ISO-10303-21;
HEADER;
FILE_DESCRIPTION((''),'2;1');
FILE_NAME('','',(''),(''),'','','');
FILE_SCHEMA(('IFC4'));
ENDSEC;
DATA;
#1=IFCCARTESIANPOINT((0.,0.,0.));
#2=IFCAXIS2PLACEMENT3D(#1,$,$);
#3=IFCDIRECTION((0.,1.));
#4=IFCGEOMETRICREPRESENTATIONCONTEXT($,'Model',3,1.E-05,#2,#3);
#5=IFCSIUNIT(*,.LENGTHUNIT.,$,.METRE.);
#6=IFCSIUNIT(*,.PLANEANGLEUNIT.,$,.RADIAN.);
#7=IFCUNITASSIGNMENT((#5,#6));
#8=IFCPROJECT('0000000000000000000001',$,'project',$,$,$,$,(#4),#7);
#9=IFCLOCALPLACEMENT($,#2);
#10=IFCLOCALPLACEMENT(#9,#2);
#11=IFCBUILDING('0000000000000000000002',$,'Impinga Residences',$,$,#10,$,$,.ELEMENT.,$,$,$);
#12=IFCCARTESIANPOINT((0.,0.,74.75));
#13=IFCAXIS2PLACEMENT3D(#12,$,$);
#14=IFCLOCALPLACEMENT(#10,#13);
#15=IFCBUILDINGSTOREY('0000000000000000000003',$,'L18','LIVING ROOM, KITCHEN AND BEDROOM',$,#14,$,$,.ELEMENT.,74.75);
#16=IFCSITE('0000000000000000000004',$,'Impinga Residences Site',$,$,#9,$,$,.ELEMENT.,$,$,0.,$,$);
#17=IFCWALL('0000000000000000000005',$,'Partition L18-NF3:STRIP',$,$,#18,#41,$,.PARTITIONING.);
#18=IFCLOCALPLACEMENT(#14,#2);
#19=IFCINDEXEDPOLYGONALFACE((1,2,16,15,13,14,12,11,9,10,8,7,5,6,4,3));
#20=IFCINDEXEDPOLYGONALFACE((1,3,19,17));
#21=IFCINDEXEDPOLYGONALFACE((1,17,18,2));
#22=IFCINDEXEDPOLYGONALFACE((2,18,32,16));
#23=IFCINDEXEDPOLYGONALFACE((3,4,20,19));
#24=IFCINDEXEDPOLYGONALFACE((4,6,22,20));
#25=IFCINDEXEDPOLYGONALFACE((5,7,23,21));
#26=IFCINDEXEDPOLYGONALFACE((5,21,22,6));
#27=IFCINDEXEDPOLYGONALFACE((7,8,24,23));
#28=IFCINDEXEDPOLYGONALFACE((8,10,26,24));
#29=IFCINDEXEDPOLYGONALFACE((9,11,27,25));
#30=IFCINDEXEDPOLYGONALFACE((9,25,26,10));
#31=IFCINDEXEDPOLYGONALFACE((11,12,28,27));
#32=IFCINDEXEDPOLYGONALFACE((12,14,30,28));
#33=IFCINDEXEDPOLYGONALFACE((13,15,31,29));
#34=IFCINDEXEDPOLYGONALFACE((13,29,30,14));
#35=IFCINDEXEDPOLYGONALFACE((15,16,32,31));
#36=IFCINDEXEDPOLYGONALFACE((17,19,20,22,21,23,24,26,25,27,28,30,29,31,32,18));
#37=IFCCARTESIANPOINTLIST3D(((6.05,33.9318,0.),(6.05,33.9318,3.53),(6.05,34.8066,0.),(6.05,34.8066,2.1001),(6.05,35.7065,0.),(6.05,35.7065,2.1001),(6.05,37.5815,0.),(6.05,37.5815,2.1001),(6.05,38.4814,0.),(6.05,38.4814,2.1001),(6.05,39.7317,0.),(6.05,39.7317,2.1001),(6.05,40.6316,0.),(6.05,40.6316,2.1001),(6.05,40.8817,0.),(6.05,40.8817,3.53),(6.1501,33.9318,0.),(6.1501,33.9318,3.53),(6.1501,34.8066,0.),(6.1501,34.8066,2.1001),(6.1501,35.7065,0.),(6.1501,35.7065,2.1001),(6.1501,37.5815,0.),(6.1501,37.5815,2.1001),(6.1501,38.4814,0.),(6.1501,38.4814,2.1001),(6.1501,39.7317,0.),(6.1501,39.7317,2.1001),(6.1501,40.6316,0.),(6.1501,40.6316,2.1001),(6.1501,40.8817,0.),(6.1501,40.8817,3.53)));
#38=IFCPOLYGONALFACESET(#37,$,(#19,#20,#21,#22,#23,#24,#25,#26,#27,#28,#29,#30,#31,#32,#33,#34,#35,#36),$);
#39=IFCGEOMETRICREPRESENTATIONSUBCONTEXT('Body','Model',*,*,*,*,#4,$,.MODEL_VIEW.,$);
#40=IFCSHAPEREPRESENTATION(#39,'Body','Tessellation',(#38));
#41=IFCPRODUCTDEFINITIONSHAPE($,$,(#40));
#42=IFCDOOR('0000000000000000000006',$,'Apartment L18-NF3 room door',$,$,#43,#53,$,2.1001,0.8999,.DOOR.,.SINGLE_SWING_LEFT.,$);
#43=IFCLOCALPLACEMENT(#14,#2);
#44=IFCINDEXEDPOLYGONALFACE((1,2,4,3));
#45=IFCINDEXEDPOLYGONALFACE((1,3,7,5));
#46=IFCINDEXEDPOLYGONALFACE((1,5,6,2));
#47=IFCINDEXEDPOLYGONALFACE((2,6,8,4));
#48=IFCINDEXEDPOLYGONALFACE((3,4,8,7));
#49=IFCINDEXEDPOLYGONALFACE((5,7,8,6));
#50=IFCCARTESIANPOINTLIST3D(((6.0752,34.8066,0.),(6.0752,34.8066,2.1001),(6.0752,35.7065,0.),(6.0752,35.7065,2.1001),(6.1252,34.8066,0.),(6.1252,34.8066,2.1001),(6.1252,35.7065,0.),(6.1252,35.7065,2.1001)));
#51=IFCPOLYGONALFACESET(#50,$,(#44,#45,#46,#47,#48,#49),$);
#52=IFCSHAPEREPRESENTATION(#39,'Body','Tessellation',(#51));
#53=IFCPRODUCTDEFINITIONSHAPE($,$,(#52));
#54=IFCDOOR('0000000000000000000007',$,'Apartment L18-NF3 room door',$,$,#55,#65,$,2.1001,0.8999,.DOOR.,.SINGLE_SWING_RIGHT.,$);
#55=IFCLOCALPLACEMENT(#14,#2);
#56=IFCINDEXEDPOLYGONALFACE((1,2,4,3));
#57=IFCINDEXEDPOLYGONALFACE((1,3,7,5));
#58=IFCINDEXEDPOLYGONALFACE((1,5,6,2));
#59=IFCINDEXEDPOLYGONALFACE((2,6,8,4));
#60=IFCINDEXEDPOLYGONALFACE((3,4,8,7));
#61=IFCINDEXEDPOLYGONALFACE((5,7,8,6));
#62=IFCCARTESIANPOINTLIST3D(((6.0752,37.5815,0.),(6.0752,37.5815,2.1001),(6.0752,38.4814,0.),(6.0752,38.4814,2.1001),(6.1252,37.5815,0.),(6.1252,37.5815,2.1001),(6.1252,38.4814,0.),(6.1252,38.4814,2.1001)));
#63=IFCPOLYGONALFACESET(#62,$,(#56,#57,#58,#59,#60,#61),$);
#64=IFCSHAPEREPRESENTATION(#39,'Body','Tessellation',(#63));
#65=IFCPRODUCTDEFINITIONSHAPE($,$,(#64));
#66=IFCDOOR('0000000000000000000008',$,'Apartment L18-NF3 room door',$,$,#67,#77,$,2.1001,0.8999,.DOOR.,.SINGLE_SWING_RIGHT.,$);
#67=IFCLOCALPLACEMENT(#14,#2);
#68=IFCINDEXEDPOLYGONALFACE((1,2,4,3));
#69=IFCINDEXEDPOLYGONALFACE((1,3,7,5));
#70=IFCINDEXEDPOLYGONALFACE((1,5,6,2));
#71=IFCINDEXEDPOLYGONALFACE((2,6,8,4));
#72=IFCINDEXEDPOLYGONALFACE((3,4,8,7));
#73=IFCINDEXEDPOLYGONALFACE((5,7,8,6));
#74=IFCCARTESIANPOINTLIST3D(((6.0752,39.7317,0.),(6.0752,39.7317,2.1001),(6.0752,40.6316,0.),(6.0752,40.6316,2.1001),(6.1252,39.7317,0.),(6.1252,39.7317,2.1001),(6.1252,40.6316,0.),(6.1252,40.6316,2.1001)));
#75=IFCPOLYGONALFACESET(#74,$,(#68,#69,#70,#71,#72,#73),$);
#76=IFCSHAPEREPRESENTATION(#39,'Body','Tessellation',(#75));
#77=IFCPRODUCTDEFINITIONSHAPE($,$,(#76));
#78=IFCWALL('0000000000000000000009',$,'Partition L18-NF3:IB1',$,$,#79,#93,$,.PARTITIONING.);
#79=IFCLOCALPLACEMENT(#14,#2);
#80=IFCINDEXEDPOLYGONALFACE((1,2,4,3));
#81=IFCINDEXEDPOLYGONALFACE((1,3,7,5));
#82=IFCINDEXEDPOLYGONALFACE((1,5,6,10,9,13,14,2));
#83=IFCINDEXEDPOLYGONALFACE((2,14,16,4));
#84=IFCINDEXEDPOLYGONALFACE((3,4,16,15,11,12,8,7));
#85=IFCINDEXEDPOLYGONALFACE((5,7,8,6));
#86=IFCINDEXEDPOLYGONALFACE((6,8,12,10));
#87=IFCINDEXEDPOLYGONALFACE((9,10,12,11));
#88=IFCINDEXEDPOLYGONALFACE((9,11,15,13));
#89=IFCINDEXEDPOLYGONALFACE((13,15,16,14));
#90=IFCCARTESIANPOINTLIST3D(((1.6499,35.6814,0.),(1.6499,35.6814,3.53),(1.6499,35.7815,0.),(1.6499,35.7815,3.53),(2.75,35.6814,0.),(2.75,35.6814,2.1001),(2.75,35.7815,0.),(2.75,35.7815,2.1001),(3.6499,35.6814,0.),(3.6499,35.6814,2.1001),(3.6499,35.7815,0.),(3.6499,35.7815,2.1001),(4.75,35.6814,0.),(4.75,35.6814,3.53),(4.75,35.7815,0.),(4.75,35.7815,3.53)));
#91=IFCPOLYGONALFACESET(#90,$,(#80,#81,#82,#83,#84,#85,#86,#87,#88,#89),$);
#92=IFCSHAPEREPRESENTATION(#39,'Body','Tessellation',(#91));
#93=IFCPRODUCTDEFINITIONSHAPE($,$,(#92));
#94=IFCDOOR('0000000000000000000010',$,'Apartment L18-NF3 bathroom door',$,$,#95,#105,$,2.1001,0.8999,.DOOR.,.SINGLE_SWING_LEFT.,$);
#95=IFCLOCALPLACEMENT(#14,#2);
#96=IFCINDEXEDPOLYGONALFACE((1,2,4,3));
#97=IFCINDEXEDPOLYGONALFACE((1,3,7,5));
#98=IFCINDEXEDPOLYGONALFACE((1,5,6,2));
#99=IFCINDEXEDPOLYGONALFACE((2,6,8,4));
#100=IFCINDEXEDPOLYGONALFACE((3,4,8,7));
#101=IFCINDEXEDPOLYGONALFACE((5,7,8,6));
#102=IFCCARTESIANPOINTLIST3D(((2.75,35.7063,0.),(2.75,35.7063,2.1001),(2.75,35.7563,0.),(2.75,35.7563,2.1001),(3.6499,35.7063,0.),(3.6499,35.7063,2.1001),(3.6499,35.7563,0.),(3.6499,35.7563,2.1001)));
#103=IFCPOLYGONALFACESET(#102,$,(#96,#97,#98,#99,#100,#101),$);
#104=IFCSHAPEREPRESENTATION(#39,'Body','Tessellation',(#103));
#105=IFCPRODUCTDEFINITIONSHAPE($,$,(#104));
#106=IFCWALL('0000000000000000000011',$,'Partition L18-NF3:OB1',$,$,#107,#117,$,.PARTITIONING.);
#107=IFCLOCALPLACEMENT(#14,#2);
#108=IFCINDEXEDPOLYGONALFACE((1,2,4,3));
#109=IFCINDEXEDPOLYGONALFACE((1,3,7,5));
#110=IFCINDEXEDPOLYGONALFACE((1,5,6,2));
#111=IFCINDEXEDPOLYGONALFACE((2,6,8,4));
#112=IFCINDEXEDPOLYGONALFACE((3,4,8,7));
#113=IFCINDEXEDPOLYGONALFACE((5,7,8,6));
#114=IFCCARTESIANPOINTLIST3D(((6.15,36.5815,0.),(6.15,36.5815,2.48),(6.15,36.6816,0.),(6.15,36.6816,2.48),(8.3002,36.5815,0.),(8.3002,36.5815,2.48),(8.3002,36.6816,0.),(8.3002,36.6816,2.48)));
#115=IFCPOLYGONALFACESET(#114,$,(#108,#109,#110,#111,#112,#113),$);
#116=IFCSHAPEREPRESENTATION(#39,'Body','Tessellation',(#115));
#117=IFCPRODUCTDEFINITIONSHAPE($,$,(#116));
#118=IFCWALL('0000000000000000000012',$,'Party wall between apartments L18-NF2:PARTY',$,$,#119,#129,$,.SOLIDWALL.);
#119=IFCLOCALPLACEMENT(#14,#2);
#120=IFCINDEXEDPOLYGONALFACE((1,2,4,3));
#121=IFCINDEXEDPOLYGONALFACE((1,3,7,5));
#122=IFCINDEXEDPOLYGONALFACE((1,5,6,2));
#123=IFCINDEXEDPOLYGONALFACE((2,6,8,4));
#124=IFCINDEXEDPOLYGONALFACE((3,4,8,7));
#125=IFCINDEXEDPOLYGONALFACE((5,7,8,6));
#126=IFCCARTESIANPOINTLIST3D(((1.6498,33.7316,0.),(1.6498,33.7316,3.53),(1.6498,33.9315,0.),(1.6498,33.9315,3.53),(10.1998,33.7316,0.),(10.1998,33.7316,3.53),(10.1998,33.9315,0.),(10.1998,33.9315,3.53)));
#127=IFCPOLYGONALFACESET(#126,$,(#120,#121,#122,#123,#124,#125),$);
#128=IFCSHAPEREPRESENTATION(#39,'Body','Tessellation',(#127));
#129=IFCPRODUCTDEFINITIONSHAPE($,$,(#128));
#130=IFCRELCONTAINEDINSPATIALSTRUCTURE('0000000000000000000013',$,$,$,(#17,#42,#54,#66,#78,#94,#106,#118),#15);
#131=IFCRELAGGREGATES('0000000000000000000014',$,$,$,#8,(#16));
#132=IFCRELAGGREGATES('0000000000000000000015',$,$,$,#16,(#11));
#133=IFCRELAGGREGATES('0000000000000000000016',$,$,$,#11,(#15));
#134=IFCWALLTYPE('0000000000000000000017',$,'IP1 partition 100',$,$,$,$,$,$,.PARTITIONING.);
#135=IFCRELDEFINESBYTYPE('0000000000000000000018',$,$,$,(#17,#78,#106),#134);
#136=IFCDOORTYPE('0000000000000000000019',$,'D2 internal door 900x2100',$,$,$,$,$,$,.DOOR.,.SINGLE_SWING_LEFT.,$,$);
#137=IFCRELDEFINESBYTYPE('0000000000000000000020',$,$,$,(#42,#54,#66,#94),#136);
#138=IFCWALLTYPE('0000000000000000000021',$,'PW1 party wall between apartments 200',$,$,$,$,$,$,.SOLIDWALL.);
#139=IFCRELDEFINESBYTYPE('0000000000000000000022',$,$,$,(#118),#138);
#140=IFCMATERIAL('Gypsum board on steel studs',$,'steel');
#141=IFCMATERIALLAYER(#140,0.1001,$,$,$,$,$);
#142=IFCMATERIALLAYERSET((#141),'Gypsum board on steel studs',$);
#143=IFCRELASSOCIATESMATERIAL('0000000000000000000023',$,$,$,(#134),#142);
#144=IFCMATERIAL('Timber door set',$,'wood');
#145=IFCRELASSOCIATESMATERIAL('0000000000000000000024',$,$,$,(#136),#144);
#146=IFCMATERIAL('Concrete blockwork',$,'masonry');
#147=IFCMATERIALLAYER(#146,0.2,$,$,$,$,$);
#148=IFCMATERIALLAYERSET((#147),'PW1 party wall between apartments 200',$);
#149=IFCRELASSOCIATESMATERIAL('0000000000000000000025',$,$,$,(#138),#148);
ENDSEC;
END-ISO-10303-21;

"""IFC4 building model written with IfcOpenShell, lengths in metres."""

from ifc_helpers import new_model, si_unit, direction, frame, frame_2d, origin, place, context, subcontext, project, spatial, rectangle, extrude, material, layer, layer_set, type_object, element, fill, save


model = new_model("IFC4")

# Units and contexts
model_context = context("Model", 3, precision=1e-05, world=origin(), true_north=direction((0.0, 1.0)))
body_context = subcontext(model_context, "Body", "Model", "MODEL_VIEW")
ifc_project = project(units=[si_unit("LENGTHUNIT", "METRE"), si_unit("PLANEANGLEUNIT", "RADIAN")], contexts=[model_context])

# Site, building, storey
site_placement = place(None, origin())
site = spatial("IfcSite", under=ifc_project, at=site_placement, Name="Impinga Residences Site", CompositionType="ELEMENT", RefElevation=0.0)
building_placement = place(site_placement, origin())
building = spatial("IfcBuilding", under=site, at=building_placement, Name="Impinga Residences", CompositionType="ELEMENT")
storey_placement = place(building_placement, frame((0.0, 0.0, 74.75)))
storey = spatial("IfcBuildingStorey", under=building, at=storey_placement, Name="L18", Description="LIVING ROOM, KITCHEN AND BEDROOM", CompositionType="ELEMENT", Elevation=74.75)

# Shared definitions
ifc_material_1 = material(Name="Gypsum board on steel studs", Category="steel")
ifc_layer_1 = layer(ifc_material_1, 0.1001)
ifc_layer_set_1 = layer_set([ifc_layer_1], Name="Gypsum board on steel studs")
wall_type_1 = type_object("IfcWallType", Name="IP1 partition 100", PredefinedType="PARTITIONING", material=ifc_layer_set_1)

# Shared definitions
ifc_material_2 = material(Name="Timber door set", Category="wood")
door_type = type_object("IfcDoorType", Name="D2 internal door 900x2100", OperationType="SINGLE_SWING_LEFT", PredefinedType="DOOR", material=ifc_material_2)

# Wall, openings, doors
wall_1_placement = place(storey_placement, frame((6.1001, 33.9316, 0.0), z_axis=(0.0, 0.0, 1.0), x_axis=(0.0, 1.0, 0.0)))
wall_1 = element("IfcWall", 1, at=wall_1_placement, inside=storey, type_object=wall_type_1, Name="Partition L18-NF3:STRIP", PredefinedType="PARTITIONING", context=body_context, shape_type="SweptSolid", body=[
    extrude(rectangle(XDim=6.95, YDim=0.1001, at=frame_2d((3.4751, 0.0))), origin(), (0.0, 0.0, 1.0), 3.53),
])
opening_1_placement = place(wall_1_placement, frame((0.875, 0.0, 0.0)))
opening_1 = element("IfcOpeningElement", 2, at=opening_1_placement, cuts=wall_1, PredefinedType="OPENING", context=body_context, shape_type="SweptSolid", body=[
    extrude(rectangle(XDim=0.8999, YDim=2.1001, at=frame_2d((0.45, 1.05))), frame((0.0, 0.0601, 0.0), z_axis=(0.0, -1.0, 0.0), x_axis=(1.0, 0.0, 0.0)), (0.0, 0.0, 1.0), 0.1201),
])
opening_2_placement = place(wall_1_placement, frame((3.6499, 0.0, 0.0)))
opening_2 = element("IfcOpeningElement", 3, at=opening_2_placement, cuts=wall_1, PredefinedType="OPENING", context=body_context, shape_type="SweptSolid", body=[
    extrude(rectangle(XDim=0.8999, YDim=2.1001, at=frame_2d((0.45, 1.05))), frame((0.0, 0.0601, 0.0), z_axis=(0.0, -1.0, 0.0), x_axis=(1.0, 0.0, 0.0)), (0.0, 0.0, 1.0), 0.1201),
])
opening_3_placement = place(wall_1_placement, frame((5.8, 0.0, 0.0)))
opening_3 = element("IfcOpeningElement", 4, at=opening_3_placement, cuts=wall_1, PredefinedType="OPENING", context=body_context, shape_type="SweptSolid", body=[
    extrude(rectangle(XDim=0.8999, YDim=2.1001, at=frame_2d((0.45, 1.05))), frame((0.0, 0.0601, 0.0), z_axis=(0.0, -1.0, 0.0), x_axis=(1.0, 0.0, 0.0)), (0.0, 0.0, 1.0), 0.1201),
])
door_1_placement = place(opening_1_placement, origin())
door_1 = element("IfcDoor", 5, at=door_1_placement, inside=storey, type_object=door_type, Name="Apartment L18-NF3 room door", OperationType="SINGLE_SWING_LEFT", OverallHeight=2.1001, OverallWidth=0.8999, PredefinedType="DOOR", context=body_context, shape_type="SweptSolid", body=[
    extrude(rectangle(XDim=0.8999, YDim=2.1001, at=frame_2d((0.45, 1.05))), frame((0.0, 0.0249, 0.0), z_axis=(0.0, -1.0, 0.0), x_axis=(1.0, 0.0, 0.0)), (0.0, 0.0, 1.0), 0.05),
])
fill(opening_1, door_1)
door_2_placement = place(opening_2_placement, origin())
door_2 = element("IfcDoor", 6, at=door_2_placement, inside=storey, type_object=door_type, Name="Apartment L18-NF3 room door", OperationType="SINGLE_SWING_RIGHT", OverallHeight=2.1001, OverallWidth=0.8999, PredefinedType="DOOR", context=body_context, shape_type="SweptSolid", body=[
    extrude(rectangle(XDim=0.8999, YDim=2.1001, at=frame_2d((0.45, 1.05))), frame((0.0, 0.0249, 0.0), z_axis=(0.0, -1.0, 0.0), x_axis=(1.0, 0.0, 0.0)), (0.0, 0.0, 1.0), 0.05),
])
fill(opening_2, door_2)
door_3_placement = place(opening_3_placement, origin())
door_3 = element("IfcDoor", 7, at=door_3_placement, inside=storey, type_object=door_type, Name="Apartment L18-NF3 room door", OperationType="SINGLE_SWING_RIGHT", OverallHeight=2.1001, OverallWidth=0.8999, PredefinedType="DOOR", context=body_context, shape_type="SweptSolid", body=[
    extrude(rectangle(XDim=0.8999, YDim=2.1001, at=frame_2d((0.45, 1.05))), frame((0.0, 0.0249, 0.0), z_axis=(0.0, -1.0, 0.0), x_axis=(1.0, 0.0, 0.0)), (0.0, 0.0, 1.0), 0.05),
])
fill(opening_3, door_3)

# Wall, opening, door
wall_2_placement = place(storey_placement, frame((1.6499, 35.7314, 0.0), z_axis=(0.0, 0.0, 1.0), x_axis=(1.0, 0.0, 0.0)))
wall_2 = element("IfcWall", 8, at=wall_2_placement, inside=storey, type_object=wall_type_1, Name="Partition L18-NF3:IB1", PredefinedType="PARTITIONING", context=body_context, shape_type="SweptSolid", body=[
    extrude(rectangle(XDim=3.1001, YDim=0.1001, at=frame_2d((1.55, 0.0))), origin(), (0.0, 0.0, 1.0), 3.53),
])
opening_4_placement = place(wall_2_placement, frame((1.1001, 0.0, 0.0)))
opening_4 = element("IfcOpeningElement", 9, at=opening_4_placement, cuts=wall_2, PredefinedType="OPENING", context=body_context, shape_type="SweptSolid", body=[
    extrude(rectangle(XDim=0.8999, YDim=2.1001, at=frame_2d((0.45, 1.05))), frame((0.0, 0.0601, 0.0), z_axis=(0.0, -1.0, 0.0), x_axis=(1.0, 0.0, 0.0)), (0.0, 0.0, 1.0), 0.1201),
])
door_4_placement = place(opening_4_placement, origin())
door_4 = element("IfcDoor", 10, at=door_4_placement, inside=storey, type_object=door_type, Name="Apartment L18-NF3 bathroom door", OperationType="SINGLE_SWING_LEFT", OverallHeight=2.1001, OverallWidth=0.8999, PredefinedType="DOOR", context=body_context, shape_type="SweptSolid", body=[
    extrude(rectangle(XDim=0.8999, YDim=2.1001, at=frame_2d((0.45, 1.05))), frame((0.0, 0.0249, 0.0), z_axis=(0.0, -1.0, 0.0), x_axis=(1.0, 0.0, 0.0)), (0.0, 0.0, 1.0), 0.05),
])
fill(opening_4, door_4)

# Walls
wall_3_placement = place(storey_placement, frame((6.1499, 36.6316, 0.0), z_axis=(0.0, 0.0, 1.0), x_axis=(1.0, 0.0, 0.0)))
element("IfcWall", 11, at=wall_3_placement, inside=storey, type_object=wall_type_1, Name="Partition L18-NF3:OB1", PredefinedType="PARTITIONING", context=body_context, shape_type="SweptSolid", body=[
    extrude(rectangle(XDim=2.1501, YDim=0.1001, at=frame_2d((1.0752, 0.0))), origin(), (0.0, 0.0, 1.0), 2.48),
])
ifc_material_3 = material(Name="Concrete blockwork", Category="masonry")
ifc_layer_2 = layer(ifc_material_3, 0.2)
ifc_layer_set_2 = layer_set([ifc_layer_2], Name="PW1 party wall between apartments 200")
wall_type_2 = type_object("IfcWallType", Name="PW1 party wall between apartments 200", PredefinedType="SOLIDWALL", material=ifc_layer_set_2)
wall_4_placement = place(storey_placement, frame((1.6499, 33.8315, 0.0), z_axis=(0.0, 0.0, 1.0), x_axis=(1.0, 0.0, 0.0)))
element("IfcWall", 12, at=wall_4_placement, inside=storey, type_object=wall_type_2, Name="Party wall between apartments L18-NF2:PARTY", PredefinedType="SOLIDWALL", context=body_context, shape_type="SweptSolid", body=[
    extrude(rectangle(XDim=8.55, YDim=0.2, at=frame_2d((4.2749, 0.0))), origin(), (0.0, 0.0, 1.0), 3.53),
])

save(model, "model.ifc")
